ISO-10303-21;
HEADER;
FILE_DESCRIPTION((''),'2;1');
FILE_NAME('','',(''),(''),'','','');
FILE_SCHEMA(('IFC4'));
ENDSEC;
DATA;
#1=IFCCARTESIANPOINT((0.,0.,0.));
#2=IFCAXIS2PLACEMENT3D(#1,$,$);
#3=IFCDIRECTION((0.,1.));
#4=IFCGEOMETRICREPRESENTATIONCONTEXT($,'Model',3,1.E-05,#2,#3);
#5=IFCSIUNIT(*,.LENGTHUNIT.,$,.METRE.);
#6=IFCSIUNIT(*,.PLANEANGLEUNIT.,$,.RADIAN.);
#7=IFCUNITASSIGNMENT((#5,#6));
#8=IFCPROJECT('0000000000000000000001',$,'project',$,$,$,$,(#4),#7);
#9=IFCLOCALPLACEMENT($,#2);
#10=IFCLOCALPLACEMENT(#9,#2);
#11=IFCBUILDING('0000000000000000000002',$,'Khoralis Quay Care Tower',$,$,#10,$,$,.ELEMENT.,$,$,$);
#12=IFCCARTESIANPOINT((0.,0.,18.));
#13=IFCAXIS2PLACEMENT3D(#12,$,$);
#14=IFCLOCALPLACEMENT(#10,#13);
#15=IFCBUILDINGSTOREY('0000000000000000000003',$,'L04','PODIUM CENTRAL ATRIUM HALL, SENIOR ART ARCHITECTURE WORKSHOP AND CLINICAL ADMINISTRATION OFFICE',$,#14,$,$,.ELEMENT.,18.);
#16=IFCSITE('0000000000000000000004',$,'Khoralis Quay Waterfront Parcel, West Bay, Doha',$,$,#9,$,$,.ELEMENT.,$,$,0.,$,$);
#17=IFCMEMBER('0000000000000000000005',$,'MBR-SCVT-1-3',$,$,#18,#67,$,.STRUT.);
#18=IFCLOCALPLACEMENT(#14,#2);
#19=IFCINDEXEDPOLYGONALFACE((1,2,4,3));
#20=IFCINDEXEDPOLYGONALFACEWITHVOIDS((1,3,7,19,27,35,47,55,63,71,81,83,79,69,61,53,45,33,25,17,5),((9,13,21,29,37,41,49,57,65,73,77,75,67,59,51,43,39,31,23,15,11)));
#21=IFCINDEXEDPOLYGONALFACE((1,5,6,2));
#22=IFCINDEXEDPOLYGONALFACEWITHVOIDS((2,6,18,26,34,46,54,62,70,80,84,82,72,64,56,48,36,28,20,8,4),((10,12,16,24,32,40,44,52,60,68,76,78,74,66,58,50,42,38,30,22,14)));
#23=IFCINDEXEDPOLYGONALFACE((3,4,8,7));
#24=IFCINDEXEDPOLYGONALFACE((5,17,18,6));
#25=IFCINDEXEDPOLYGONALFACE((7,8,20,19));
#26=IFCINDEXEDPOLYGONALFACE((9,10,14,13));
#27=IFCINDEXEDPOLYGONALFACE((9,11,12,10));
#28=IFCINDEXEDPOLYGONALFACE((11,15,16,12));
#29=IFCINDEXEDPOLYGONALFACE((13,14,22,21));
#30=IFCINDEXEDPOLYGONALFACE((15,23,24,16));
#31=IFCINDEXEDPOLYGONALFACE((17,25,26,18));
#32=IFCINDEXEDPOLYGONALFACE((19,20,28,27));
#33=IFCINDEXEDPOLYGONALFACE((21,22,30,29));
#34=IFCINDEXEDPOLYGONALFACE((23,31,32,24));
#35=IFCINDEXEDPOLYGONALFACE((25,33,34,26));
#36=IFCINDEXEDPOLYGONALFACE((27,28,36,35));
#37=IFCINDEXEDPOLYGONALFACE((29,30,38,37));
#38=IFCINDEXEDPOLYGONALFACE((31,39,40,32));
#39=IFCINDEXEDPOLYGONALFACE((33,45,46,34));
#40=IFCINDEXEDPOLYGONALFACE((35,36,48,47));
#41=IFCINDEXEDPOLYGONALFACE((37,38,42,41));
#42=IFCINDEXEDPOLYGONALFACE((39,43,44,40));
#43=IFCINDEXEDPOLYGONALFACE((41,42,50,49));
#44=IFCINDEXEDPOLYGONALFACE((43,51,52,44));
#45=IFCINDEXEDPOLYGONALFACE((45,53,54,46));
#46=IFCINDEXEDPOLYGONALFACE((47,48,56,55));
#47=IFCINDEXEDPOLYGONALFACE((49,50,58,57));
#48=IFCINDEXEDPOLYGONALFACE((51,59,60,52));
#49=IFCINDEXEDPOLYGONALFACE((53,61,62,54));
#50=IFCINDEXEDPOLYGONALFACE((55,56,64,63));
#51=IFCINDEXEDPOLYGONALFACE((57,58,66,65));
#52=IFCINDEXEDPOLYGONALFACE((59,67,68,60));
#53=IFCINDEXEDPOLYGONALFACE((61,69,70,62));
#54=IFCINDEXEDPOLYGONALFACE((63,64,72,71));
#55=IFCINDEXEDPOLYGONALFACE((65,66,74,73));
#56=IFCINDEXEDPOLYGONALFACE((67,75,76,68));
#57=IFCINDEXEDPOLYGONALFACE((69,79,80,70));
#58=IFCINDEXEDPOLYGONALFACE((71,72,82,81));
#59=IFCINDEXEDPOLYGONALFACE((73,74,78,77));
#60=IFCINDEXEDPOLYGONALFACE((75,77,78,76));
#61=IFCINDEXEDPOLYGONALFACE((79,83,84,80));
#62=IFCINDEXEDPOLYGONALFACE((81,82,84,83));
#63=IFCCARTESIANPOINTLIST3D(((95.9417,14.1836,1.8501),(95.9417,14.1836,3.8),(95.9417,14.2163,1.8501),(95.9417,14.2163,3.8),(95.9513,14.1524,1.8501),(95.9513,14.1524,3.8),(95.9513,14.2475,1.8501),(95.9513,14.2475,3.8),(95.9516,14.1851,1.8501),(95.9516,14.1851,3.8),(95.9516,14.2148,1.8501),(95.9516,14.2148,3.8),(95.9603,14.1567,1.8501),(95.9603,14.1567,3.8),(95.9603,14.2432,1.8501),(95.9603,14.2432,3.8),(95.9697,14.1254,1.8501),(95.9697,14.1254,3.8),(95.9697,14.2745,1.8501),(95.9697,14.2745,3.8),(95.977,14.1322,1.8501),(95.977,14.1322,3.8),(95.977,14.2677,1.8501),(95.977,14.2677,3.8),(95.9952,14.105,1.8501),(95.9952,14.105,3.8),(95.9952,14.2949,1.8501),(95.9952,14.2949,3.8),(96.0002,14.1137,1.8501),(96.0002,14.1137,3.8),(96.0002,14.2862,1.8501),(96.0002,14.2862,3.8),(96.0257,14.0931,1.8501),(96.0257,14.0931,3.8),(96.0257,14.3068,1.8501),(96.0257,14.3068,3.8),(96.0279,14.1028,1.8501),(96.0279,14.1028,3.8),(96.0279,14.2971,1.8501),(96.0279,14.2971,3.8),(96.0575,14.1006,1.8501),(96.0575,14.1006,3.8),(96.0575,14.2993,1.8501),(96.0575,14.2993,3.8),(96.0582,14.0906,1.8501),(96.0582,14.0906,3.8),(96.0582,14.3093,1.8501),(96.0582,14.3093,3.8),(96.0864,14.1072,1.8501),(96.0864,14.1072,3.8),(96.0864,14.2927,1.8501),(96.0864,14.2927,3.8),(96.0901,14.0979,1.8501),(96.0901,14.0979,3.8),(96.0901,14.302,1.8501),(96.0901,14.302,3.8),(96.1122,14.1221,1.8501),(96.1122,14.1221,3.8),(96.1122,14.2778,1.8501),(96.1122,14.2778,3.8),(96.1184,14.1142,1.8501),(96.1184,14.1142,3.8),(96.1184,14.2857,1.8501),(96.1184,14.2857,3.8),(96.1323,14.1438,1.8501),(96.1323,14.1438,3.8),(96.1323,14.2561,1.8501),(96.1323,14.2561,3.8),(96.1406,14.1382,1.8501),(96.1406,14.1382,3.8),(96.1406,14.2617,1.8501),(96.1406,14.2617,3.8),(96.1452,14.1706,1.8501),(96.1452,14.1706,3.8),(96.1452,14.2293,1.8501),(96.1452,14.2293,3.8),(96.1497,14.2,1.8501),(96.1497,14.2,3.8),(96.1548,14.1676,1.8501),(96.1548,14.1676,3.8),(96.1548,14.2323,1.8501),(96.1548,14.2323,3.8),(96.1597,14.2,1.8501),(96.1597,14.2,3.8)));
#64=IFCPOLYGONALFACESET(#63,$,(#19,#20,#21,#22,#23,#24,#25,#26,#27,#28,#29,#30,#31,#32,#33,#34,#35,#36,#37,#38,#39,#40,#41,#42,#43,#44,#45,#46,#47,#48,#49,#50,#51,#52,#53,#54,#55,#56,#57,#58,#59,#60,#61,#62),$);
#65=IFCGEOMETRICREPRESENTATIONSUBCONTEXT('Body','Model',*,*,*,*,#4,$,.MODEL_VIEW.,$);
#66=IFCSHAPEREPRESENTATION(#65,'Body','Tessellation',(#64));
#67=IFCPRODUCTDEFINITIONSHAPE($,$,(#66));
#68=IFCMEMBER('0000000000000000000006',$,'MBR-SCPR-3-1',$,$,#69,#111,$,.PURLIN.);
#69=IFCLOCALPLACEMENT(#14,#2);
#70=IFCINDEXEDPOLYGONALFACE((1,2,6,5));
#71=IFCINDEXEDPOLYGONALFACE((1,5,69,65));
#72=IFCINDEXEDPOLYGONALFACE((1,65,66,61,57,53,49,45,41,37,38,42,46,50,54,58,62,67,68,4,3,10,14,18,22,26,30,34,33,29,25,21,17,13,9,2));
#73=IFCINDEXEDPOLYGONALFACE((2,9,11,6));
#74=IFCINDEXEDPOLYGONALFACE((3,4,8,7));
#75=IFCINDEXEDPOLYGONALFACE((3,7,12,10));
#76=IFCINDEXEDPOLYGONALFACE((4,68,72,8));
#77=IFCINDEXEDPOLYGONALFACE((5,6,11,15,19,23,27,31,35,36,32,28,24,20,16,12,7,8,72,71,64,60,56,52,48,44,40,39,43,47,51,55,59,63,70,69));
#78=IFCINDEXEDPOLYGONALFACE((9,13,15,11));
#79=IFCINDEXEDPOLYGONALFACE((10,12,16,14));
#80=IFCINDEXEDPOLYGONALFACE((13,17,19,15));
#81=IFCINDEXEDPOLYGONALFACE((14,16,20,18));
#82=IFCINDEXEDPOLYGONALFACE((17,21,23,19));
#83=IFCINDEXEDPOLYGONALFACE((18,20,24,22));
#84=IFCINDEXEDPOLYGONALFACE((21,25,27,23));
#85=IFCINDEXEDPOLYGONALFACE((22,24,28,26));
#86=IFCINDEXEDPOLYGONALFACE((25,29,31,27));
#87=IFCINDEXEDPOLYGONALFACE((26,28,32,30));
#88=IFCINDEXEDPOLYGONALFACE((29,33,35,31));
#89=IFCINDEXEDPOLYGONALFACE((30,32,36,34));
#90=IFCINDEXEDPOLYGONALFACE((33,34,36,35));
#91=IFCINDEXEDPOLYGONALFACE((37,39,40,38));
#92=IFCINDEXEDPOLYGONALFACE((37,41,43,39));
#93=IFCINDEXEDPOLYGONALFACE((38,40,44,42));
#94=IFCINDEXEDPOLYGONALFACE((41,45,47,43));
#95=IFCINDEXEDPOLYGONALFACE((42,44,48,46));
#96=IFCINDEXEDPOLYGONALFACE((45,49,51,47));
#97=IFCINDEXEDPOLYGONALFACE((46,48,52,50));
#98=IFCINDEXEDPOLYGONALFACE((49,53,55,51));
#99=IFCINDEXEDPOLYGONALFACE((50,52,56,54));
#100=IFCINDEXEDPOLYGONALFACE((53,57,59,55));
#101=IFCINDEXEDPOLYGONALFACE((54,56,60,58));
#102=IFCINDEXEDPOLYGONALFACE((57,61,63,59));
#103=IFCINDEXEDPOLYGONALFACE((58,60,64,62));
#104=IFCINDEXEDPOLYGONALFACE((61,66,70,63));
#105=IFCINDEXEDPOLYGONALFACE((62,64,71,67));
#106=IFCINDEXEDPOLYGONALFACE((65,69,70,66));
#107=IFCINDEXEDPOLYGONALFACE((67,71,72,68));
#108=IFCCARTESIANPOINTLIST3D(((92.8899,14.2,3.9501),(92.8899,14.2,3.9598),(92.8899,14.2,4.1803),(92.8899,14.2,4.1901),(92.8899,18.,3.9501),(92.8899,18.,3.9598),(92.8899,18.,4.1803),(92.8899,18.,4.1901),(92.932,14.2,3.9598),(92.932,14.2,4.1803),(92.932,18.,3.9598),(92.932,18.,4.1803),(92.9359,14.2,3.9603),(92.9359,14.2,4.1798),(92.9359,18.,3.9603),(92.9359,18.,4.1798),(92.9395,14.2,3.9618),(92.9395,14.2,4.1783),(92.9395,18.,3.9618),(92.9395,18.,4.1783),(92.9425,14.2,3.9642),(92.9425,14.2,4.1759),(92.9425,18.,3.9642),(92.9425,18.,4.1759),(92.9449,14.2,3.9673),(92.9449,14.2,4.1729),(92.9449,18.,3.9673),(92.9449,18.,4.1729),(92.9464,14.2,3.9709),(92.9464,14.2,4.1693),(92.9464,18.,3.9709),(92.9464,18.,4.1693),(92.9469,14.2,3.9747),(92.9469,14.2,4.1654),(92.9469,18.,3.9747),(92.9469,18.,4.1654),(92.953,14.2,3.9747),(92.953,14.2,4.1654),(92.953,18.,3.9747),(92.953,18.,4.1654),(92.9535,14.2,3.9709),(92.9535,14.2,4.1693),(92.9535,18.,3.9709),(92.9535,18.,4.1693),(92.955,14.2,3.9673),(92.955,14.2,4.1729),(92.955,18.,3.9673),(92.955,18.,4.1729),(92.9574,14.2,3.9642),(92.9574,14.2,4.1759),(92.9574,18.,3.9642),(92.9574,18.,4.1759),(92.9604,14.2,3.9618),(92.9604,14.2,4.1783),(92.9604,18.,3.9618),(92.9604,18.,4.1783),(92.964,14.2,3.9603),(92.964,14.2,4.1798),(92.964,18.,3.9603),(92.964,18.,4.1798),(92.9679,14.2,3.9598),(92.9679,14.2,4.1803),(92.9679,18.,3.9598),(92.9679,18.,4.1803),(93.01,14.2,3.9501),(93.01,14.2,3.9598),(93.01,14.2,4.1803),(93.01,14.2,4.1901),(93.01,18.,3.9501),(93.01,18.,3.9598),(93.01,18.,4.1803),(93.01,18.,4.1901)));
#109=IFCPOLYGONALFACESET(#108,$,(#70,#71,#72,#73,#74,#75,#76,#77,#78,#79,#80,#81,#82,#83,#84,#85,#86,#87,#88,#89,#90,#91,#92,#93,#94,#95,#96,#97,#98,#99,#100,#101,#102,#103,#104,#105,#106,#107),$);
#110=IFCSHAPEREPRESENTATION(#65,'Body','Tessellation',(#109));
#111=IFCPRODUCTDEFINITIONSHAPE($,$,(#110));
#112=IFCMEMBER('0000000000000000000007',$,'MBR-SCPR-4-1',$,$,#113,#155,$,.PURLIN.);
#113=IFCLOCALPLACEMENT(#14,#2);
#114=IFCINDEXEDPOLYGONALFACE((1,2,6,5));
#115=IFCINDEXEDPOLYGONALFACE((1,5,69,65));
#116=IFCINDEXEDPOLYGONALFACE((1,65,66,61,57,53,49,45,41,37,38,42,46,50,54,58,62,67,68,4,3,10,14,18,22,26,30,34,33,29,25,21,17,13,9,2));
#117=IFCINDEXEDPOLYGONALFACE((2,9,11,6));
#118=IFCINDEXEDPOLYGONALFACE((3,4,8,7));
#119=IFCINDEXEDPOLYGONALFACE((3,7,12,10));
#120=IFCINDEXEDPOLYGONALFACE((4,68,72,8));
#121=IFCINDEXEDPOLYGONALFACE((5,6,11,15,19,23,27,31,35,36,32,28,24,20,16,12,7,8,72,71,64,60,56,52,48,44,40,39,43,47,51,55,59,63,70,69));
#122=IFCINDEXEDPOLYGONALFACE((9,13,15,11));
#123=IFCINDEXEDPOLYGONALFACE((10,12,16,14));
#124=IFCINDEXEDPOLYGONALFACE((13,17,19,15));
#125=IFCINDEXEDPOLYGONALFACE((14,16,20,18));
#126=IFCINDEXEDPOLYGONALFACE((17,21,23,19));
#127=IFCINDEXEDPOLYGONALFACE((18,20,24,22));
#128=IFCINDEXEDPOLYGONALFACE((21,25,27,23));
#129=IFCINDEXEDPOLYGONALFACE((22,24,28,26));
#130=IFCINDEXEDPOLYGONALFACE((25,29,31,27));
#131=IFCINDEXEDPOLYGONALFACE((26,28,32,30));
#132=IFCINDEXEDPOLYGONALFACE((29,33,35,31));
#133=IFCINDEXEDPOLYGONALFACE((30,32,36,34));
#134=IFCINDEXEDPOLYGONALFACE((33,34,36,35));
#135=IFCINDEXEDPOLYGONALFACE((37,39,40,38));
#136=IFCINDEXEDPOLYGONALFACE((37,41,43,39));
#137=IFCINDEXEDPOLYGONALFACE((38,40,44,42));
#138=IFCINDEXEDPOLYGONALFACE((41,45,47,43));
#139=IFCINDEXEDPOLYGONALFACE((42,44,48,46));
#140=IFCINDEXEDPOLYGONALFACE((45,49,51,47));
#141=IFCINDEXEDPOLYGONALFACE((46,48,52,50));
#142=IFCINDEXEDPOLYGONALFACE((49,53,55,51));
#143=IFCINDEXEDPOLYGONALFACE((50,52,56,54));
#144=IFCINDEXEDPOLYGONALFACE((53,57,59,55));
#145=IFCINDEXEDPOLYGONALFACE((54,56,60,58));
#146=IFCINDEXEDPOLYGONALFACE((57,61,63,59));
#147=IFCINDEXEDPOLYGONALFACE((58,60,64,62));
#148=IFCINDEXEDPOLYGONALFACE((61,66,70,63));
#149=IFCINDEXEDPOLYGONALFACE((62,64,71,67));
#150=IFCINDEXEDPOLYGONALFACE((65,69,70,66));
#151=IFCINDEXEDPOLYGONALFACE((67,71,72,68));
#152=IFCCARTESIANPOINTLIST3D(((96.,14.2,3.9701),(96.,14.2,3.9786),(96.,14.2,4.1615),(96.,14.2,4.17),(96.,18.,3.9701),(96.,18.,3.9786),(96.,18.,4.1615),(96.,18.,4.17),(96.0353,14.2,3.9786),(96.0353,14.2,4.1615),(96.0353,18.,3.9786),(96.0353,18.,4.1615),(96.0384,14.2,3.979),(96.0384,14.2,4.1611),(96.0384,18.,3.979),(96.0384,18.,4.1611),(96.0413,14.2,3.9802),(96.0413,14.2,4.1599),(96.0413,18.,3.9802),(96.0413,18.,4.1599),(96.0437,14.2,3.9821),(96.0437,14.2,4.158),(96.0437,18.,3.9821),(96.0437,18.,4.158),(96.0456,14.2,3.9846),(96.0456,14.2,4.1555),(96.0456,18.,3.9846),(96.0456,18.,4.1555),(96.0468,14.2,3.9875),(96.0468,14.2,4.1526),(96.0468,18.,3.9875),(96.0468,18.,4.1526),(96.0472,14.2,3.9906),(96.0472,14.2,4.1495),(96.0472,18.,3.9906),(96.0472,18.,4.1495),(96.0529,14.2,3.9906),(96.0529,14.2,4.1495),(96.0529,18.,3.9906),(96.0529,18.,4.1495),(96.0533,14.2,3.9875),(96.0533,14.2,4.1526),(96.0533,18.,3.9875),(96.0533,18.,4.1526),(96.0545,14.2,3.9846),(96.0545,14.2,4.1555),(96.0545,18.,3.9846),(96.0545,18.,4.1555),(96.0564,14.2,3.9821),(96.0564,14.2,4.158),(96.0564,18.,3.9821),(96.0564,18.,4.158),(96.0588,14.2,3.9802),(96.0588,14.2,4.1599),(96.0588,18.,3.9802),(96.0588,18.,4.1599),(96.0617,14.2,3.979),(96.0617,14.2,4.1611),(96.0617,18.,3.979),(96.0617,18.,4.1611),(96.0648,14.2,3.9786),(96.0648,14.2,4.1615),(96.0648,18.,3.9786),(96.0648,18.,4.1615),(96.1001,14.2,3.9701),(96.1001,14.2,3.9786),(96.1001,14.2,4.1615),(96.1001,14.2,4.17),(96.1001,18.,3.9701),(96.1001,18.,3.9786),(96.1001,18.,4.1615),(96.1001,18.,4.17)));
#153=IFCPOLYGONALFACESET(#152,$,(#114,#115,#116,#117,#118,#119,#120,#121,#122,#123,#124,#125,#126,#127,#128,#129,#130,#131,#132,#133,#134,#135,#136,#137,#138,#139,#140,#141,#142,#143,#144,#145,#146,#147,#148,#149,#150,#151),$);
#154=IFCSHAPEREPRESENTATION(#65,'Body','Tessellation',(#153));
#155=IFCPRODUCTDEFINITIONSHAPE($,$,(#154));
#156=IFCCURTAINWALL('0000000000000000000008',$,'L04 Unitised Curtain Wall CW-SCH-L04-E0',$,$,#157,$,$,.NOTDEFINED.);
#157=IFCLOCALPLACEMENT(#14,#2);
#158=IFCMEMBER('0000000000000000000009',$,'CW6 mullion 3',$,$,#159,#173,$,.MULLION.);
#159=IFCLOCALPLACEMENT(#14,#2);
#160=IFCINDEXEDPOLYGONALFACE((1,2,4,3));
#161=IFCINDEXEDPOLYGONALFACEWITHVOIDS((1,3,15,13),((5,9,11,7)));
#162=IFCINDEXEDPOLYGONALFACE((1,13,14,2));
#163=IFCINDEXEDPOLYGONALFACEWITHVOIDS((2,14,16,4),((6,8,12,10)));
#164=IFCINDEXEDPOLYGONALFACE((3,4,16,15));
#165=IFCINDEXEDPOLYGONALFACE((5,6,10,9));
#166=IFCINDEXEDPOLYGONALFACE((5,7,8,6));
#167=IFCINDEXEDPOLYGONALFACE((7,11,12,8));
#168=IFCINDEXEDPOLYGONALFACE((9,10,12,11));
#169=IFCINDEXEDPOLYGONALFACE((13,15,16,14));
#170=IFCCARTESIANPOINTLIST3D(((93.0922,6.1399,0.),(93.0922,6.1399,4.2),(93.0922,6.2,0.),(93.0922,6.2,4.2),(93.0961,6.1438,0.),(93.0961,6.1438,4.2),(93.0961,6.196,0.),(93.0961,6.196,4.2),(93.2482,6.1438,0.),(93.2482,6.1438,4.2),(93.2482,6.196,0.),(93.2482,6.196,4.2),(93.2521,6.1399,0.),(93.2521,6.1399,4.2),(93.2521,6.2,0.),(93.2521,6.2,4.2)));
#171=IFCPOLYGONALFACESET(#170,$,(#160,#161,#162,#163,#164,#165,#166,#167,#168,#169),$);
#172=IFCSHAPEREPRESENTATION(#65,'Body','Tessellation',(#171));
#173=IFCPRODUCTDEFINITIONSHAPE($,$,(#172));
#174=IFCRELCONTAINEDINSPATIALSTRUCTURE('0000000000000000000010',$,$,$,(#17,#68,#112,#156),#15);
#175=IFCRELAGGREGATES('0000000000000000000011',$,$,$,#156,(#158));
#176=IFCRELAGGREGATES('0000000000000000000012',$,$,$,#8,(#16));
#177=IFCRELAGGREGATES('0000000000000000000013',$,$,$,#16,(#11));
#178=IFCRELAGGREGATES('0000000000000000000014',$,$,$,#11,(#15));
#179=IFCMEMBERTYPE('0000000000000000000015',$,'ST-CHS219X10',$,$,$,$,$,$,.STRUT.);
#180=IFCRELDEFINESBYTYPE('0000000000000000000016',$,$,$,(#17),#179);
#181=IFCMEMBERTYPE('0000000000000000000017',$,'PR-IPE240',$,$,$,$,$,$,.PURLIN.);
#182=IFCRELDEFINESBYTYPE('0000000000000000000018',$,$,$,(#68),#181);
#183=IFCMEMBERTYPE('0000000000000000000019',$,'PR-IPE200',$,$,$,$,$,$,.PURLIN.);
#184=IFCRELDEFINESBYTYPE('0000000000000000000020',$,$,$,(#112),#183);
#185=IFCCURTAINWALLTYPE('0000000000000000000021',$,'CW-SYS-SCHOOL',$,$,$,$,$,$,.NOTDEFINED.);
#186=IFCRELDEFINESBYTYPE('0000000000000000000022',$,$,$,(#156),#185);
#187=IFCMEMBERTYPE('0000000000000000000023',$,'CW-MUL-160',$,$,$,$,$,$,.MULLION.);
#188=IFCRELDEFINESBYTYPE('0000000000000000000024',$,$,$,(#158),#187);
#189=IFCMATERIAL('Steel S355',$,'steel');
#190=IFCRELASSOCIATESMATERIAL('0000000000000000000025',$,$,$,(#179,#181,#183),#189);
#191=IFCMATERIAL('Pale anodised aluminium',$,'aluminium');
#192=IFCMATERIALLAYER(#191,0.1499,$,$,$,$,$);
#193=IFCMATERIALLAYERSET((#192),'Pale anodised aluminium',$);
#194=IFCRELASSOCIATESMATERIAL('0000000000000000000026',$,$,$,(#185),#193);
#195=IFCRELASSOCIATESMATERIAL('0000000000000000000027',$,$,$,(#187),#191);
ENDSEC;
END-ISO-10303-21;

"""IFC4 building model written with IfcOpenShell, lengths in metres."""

from ifc_helpers import new_model, si_unit, direction, frame, origin, origin_2d, place, context, subcontext, project, spatial, hollow_rectangle, hollow_circle, i_section, extrude, source, transform, mapped, material, layer, layer_set, material_profile, profile_set, type_object, element, aggregate, save


model = new_model("IFC4")

# Units and contexts
model_context = context("Model", 3, precision=1e-05, world=origin(), true_north=direction((0.0, 1.0)))
body_context = subcontext(model_context, "Body", "Model", "MODEL_VIEW")
ifc_project = project(units=[si_unit("LENGTHUNIT", "METRE"), si_unit("PLANEANGLEUNIT", "RADIAN")], contexts=[model_context])

# Site, building, storey
site_placement = place(None, origin())
site = spatial("IfcSite", under=ifc_project, at=site_placement, Name="Khoralis Quay Waterfront Parcel, West Bay, Doha", CompositionType="ELEMENT", RefElevation=0.0)
building_placement = place(site_placement, origin())
building = spatial("IfcBuilding", under=site, at=building_placement, Name="Khoralis Quay Care Tower", CompositionType="ELEMENT")
storey_placement = place(building_placement, frame((0.0, 0.0, 18.0)))
storey = spatial("IfcBuildingStorey", under=building, at=storey_placement, Name="L04", Description="PODIUM CENTRAL ATRIUM HALL, SENIOR ART ARCHITECTURE WORKSHOP AND CLINICAL ADMINISTRATION OFFICE", CompositionType="ELEMENT", Elevation=18.0)

# Members
ifc_material_1 = material(Name="Steel S355", Category="steel")
ifc_material_profile_1 = material_profile(ifc_material_1, hollow_circle(Radius=0.1096, WallThickness=0.01, at=origin_2d()), Name="Steel S355")
ifc_profile_set_1 = profile_set([ifc_material_profile_1], Name="Steel S355")
member_type_1 = type_object("IfcMemberType", Name="ST-CHS219X10", PredefinedType="STRUT", material=ifc_profile_set_1)
shared_shape_1 = source(origin(), body_context, "Body", "SweptSolid", [
    extrude(hollow_circle(Radius=0.1096, WallThickness=0.01, at=origin_2d()), origin(), (0.0, 0.0, 1.0), 1.95),
])
for number, where, z_axis, x_axis, name in (
    (1, (96.05, 14.2, 1.8501), (0.0, 0.0, 1.0), (1.0, 0.0, 0.0), "MBR-SCVT-1-3"),
):
    element("IfcMember", number, at=place(storey_placement, frame(where, z_axis=z_axis, x_axis=x_axis)), inside=storey, type_object=member_type_1, Name=name, PredefinedType="STRUT", context=body_context, shape_type="MappedRepresentation", body=[
        mapped(shared_shape_1, transform((0.0, 0.0, 0.0), scale=1.0)),
    ])
ifc_material_profile_2 = material_profile(ifc_material_1, i_section(OverallWidth=0.1201, OverallDepth=0.24, WebThickness=0.0061, FlangeThickness=0.0098, FilletRadius=0.0149, at=origin_2d()), Name="Steel S355")
ifc_profile_set_2 = profile_set([ifc_material_profile_2], Name="Steel S355")
member_type_2 = type_object("IfcMemberType", Name="PR-IPE240", PredefinedType="PURLIN", material=ifc_profile_set_2)
shared_shape_2 = source(origin(), body_context, "Body", "SweptSolid", [
    extrude(i_section(OverallWidth=0.1201, OverallDepth=0.24, WebThickness=0.0061, FlangeThickness=0.0098, FilletRadius=0.0149, at=origin_2d()), origin(), (0.0, 0.0, 1.0), 3.8),
])
member_1_placement = place(storey_placement, frame((92.95, 14.2, 4.0701), z_axis=(0.0, 1.0, 0.0), x_axis=(-1.0, 0.0, 0.0)))
element("IfcMember", 2, at=member_1_placement, inside=storey, type_object=member_type_2, Name="MBR-SCPR-3-1", PredefinedType="PURLIN", context=body_context, shape_type="MappedRepresentation", body=[
    mapped(shared_shape_2, transform((0.0, 0.0, 0.0), scale=1.0)),
])
ifc_material_profile_3 = material_profile(ifc_material_1, i_section(OverallWidth=0.1001, OverallDepth=0.2, WebThickness=0.0056, FlangeThickness=0.0085, FilletRadius=0.012, at=origin_2d()), Name="Steel S355")
ifc_profile_set_3 = profile_set([ifc_material_profile_3], Name="Steel S355")
member_type_3 = type_object("IfcMemberType", Name="PR-IPE200", PredefinedType="PURLIN", material=ifc_profile_set_3)
shared_shape_3 = source(origin(), body_context, "Body", "SweptSolid", [
    extrude(i_section(OverallWidth=0.1001, OverallDepth=0.2, WebThickness=0.0056, FlangeThickness=0.0085, FilletRadius=0.012, at=origin_2d()), origin(), (0.0, 0.0, 1.0), 3.8),
])
member_2_placement = place(storey_placement, frame((96.05, 14.2, 4.0701), z_axis=(0.0, 1.0, 0.0), x_axis=(-1.0, 0.0, 0.0)))
element("IfcMember", 3, at=member_2_placement, inside=storey, type_object=member_type_3, Name="MBR-SCPR-4-1", PredefinedType="PURLIN", context=body_context, shape_type="MappedRepresentation", body=[
    mapped(shared_shape_3, transform((0.0, 0.0, 0.0), scale=1.0)),
])

# Curtain wall, member
ifc_material_2 = material(Name="Pale anodised aluminium", Category="aluminium")
ifc_layer_1 = layer(ifc_material_2, 0.1499)
ifc_layer_set_1 = layer_set([ifc_layer_1], Name="Pale anodised aluminium")
curtain_wall_type = type_object("IfcCurtainWallType", Name="CW-SYS-SCHOOL", PredefinedType="NOTDEFINED", material=ifc_layer_set_1)
curtain_wall_placement = place(storey_placement, origin())
curtain_wall = element("IfcCurtainWall", 4, at=curtain_wall_placement, inside=storey, type_object=curtain_wall_type, Name="L04 Unitised Curtain Wall CW-SCH-L04-E0", PredefinedType="NOTDEFINED")
ifc_material_profile_4 = material_profile(ifc_material_2, hollow_rectangle(XDim=0.0601, YDim=0.1599, WallThickness=0.0039, at=origin_2d()), Name="Pale anodised aluminium")
ifc_profile_set_4 = profile_set([ifc_material_profile_4], Name="Pale anodised aluminium")
member_type_4 = type_object("IfcMemberType", Name="CW-MUL-160", PredefinedType="MULLION", material=ifc_profile_set_4)
shared_shape_4 = source(origin(), body_context, "Body", "SweptSolid", [
    extrude(hollow_rectangle(XDim=0.0601, YDim=0.1599, WallThickness=0.0039, at=origin_2d()), origin(), (0.0, 0.0, 1.0), 4.2),
])
member_3_placement = place(storey_placement, frame((93.1721, 6.1699, 0.0), z_axis=(0.0, 0.0, 1.0), x_axis=(0.0, 1.0, 0.0)))
member_3 = element("IfcMember", 5, at=member_3_placement, type_object=member_type_4, Name="CW6 mullion 3", PredefinedType="MULLION", context=body_context, shape_type="MappedRepresentation", body=[
    mapped(shared_shape_4, transform((0.0, 0.0, 0.0), scale=1.0)),
])
aggregate(curtain_wall, [member_3])

save(model, "model.ifc")
